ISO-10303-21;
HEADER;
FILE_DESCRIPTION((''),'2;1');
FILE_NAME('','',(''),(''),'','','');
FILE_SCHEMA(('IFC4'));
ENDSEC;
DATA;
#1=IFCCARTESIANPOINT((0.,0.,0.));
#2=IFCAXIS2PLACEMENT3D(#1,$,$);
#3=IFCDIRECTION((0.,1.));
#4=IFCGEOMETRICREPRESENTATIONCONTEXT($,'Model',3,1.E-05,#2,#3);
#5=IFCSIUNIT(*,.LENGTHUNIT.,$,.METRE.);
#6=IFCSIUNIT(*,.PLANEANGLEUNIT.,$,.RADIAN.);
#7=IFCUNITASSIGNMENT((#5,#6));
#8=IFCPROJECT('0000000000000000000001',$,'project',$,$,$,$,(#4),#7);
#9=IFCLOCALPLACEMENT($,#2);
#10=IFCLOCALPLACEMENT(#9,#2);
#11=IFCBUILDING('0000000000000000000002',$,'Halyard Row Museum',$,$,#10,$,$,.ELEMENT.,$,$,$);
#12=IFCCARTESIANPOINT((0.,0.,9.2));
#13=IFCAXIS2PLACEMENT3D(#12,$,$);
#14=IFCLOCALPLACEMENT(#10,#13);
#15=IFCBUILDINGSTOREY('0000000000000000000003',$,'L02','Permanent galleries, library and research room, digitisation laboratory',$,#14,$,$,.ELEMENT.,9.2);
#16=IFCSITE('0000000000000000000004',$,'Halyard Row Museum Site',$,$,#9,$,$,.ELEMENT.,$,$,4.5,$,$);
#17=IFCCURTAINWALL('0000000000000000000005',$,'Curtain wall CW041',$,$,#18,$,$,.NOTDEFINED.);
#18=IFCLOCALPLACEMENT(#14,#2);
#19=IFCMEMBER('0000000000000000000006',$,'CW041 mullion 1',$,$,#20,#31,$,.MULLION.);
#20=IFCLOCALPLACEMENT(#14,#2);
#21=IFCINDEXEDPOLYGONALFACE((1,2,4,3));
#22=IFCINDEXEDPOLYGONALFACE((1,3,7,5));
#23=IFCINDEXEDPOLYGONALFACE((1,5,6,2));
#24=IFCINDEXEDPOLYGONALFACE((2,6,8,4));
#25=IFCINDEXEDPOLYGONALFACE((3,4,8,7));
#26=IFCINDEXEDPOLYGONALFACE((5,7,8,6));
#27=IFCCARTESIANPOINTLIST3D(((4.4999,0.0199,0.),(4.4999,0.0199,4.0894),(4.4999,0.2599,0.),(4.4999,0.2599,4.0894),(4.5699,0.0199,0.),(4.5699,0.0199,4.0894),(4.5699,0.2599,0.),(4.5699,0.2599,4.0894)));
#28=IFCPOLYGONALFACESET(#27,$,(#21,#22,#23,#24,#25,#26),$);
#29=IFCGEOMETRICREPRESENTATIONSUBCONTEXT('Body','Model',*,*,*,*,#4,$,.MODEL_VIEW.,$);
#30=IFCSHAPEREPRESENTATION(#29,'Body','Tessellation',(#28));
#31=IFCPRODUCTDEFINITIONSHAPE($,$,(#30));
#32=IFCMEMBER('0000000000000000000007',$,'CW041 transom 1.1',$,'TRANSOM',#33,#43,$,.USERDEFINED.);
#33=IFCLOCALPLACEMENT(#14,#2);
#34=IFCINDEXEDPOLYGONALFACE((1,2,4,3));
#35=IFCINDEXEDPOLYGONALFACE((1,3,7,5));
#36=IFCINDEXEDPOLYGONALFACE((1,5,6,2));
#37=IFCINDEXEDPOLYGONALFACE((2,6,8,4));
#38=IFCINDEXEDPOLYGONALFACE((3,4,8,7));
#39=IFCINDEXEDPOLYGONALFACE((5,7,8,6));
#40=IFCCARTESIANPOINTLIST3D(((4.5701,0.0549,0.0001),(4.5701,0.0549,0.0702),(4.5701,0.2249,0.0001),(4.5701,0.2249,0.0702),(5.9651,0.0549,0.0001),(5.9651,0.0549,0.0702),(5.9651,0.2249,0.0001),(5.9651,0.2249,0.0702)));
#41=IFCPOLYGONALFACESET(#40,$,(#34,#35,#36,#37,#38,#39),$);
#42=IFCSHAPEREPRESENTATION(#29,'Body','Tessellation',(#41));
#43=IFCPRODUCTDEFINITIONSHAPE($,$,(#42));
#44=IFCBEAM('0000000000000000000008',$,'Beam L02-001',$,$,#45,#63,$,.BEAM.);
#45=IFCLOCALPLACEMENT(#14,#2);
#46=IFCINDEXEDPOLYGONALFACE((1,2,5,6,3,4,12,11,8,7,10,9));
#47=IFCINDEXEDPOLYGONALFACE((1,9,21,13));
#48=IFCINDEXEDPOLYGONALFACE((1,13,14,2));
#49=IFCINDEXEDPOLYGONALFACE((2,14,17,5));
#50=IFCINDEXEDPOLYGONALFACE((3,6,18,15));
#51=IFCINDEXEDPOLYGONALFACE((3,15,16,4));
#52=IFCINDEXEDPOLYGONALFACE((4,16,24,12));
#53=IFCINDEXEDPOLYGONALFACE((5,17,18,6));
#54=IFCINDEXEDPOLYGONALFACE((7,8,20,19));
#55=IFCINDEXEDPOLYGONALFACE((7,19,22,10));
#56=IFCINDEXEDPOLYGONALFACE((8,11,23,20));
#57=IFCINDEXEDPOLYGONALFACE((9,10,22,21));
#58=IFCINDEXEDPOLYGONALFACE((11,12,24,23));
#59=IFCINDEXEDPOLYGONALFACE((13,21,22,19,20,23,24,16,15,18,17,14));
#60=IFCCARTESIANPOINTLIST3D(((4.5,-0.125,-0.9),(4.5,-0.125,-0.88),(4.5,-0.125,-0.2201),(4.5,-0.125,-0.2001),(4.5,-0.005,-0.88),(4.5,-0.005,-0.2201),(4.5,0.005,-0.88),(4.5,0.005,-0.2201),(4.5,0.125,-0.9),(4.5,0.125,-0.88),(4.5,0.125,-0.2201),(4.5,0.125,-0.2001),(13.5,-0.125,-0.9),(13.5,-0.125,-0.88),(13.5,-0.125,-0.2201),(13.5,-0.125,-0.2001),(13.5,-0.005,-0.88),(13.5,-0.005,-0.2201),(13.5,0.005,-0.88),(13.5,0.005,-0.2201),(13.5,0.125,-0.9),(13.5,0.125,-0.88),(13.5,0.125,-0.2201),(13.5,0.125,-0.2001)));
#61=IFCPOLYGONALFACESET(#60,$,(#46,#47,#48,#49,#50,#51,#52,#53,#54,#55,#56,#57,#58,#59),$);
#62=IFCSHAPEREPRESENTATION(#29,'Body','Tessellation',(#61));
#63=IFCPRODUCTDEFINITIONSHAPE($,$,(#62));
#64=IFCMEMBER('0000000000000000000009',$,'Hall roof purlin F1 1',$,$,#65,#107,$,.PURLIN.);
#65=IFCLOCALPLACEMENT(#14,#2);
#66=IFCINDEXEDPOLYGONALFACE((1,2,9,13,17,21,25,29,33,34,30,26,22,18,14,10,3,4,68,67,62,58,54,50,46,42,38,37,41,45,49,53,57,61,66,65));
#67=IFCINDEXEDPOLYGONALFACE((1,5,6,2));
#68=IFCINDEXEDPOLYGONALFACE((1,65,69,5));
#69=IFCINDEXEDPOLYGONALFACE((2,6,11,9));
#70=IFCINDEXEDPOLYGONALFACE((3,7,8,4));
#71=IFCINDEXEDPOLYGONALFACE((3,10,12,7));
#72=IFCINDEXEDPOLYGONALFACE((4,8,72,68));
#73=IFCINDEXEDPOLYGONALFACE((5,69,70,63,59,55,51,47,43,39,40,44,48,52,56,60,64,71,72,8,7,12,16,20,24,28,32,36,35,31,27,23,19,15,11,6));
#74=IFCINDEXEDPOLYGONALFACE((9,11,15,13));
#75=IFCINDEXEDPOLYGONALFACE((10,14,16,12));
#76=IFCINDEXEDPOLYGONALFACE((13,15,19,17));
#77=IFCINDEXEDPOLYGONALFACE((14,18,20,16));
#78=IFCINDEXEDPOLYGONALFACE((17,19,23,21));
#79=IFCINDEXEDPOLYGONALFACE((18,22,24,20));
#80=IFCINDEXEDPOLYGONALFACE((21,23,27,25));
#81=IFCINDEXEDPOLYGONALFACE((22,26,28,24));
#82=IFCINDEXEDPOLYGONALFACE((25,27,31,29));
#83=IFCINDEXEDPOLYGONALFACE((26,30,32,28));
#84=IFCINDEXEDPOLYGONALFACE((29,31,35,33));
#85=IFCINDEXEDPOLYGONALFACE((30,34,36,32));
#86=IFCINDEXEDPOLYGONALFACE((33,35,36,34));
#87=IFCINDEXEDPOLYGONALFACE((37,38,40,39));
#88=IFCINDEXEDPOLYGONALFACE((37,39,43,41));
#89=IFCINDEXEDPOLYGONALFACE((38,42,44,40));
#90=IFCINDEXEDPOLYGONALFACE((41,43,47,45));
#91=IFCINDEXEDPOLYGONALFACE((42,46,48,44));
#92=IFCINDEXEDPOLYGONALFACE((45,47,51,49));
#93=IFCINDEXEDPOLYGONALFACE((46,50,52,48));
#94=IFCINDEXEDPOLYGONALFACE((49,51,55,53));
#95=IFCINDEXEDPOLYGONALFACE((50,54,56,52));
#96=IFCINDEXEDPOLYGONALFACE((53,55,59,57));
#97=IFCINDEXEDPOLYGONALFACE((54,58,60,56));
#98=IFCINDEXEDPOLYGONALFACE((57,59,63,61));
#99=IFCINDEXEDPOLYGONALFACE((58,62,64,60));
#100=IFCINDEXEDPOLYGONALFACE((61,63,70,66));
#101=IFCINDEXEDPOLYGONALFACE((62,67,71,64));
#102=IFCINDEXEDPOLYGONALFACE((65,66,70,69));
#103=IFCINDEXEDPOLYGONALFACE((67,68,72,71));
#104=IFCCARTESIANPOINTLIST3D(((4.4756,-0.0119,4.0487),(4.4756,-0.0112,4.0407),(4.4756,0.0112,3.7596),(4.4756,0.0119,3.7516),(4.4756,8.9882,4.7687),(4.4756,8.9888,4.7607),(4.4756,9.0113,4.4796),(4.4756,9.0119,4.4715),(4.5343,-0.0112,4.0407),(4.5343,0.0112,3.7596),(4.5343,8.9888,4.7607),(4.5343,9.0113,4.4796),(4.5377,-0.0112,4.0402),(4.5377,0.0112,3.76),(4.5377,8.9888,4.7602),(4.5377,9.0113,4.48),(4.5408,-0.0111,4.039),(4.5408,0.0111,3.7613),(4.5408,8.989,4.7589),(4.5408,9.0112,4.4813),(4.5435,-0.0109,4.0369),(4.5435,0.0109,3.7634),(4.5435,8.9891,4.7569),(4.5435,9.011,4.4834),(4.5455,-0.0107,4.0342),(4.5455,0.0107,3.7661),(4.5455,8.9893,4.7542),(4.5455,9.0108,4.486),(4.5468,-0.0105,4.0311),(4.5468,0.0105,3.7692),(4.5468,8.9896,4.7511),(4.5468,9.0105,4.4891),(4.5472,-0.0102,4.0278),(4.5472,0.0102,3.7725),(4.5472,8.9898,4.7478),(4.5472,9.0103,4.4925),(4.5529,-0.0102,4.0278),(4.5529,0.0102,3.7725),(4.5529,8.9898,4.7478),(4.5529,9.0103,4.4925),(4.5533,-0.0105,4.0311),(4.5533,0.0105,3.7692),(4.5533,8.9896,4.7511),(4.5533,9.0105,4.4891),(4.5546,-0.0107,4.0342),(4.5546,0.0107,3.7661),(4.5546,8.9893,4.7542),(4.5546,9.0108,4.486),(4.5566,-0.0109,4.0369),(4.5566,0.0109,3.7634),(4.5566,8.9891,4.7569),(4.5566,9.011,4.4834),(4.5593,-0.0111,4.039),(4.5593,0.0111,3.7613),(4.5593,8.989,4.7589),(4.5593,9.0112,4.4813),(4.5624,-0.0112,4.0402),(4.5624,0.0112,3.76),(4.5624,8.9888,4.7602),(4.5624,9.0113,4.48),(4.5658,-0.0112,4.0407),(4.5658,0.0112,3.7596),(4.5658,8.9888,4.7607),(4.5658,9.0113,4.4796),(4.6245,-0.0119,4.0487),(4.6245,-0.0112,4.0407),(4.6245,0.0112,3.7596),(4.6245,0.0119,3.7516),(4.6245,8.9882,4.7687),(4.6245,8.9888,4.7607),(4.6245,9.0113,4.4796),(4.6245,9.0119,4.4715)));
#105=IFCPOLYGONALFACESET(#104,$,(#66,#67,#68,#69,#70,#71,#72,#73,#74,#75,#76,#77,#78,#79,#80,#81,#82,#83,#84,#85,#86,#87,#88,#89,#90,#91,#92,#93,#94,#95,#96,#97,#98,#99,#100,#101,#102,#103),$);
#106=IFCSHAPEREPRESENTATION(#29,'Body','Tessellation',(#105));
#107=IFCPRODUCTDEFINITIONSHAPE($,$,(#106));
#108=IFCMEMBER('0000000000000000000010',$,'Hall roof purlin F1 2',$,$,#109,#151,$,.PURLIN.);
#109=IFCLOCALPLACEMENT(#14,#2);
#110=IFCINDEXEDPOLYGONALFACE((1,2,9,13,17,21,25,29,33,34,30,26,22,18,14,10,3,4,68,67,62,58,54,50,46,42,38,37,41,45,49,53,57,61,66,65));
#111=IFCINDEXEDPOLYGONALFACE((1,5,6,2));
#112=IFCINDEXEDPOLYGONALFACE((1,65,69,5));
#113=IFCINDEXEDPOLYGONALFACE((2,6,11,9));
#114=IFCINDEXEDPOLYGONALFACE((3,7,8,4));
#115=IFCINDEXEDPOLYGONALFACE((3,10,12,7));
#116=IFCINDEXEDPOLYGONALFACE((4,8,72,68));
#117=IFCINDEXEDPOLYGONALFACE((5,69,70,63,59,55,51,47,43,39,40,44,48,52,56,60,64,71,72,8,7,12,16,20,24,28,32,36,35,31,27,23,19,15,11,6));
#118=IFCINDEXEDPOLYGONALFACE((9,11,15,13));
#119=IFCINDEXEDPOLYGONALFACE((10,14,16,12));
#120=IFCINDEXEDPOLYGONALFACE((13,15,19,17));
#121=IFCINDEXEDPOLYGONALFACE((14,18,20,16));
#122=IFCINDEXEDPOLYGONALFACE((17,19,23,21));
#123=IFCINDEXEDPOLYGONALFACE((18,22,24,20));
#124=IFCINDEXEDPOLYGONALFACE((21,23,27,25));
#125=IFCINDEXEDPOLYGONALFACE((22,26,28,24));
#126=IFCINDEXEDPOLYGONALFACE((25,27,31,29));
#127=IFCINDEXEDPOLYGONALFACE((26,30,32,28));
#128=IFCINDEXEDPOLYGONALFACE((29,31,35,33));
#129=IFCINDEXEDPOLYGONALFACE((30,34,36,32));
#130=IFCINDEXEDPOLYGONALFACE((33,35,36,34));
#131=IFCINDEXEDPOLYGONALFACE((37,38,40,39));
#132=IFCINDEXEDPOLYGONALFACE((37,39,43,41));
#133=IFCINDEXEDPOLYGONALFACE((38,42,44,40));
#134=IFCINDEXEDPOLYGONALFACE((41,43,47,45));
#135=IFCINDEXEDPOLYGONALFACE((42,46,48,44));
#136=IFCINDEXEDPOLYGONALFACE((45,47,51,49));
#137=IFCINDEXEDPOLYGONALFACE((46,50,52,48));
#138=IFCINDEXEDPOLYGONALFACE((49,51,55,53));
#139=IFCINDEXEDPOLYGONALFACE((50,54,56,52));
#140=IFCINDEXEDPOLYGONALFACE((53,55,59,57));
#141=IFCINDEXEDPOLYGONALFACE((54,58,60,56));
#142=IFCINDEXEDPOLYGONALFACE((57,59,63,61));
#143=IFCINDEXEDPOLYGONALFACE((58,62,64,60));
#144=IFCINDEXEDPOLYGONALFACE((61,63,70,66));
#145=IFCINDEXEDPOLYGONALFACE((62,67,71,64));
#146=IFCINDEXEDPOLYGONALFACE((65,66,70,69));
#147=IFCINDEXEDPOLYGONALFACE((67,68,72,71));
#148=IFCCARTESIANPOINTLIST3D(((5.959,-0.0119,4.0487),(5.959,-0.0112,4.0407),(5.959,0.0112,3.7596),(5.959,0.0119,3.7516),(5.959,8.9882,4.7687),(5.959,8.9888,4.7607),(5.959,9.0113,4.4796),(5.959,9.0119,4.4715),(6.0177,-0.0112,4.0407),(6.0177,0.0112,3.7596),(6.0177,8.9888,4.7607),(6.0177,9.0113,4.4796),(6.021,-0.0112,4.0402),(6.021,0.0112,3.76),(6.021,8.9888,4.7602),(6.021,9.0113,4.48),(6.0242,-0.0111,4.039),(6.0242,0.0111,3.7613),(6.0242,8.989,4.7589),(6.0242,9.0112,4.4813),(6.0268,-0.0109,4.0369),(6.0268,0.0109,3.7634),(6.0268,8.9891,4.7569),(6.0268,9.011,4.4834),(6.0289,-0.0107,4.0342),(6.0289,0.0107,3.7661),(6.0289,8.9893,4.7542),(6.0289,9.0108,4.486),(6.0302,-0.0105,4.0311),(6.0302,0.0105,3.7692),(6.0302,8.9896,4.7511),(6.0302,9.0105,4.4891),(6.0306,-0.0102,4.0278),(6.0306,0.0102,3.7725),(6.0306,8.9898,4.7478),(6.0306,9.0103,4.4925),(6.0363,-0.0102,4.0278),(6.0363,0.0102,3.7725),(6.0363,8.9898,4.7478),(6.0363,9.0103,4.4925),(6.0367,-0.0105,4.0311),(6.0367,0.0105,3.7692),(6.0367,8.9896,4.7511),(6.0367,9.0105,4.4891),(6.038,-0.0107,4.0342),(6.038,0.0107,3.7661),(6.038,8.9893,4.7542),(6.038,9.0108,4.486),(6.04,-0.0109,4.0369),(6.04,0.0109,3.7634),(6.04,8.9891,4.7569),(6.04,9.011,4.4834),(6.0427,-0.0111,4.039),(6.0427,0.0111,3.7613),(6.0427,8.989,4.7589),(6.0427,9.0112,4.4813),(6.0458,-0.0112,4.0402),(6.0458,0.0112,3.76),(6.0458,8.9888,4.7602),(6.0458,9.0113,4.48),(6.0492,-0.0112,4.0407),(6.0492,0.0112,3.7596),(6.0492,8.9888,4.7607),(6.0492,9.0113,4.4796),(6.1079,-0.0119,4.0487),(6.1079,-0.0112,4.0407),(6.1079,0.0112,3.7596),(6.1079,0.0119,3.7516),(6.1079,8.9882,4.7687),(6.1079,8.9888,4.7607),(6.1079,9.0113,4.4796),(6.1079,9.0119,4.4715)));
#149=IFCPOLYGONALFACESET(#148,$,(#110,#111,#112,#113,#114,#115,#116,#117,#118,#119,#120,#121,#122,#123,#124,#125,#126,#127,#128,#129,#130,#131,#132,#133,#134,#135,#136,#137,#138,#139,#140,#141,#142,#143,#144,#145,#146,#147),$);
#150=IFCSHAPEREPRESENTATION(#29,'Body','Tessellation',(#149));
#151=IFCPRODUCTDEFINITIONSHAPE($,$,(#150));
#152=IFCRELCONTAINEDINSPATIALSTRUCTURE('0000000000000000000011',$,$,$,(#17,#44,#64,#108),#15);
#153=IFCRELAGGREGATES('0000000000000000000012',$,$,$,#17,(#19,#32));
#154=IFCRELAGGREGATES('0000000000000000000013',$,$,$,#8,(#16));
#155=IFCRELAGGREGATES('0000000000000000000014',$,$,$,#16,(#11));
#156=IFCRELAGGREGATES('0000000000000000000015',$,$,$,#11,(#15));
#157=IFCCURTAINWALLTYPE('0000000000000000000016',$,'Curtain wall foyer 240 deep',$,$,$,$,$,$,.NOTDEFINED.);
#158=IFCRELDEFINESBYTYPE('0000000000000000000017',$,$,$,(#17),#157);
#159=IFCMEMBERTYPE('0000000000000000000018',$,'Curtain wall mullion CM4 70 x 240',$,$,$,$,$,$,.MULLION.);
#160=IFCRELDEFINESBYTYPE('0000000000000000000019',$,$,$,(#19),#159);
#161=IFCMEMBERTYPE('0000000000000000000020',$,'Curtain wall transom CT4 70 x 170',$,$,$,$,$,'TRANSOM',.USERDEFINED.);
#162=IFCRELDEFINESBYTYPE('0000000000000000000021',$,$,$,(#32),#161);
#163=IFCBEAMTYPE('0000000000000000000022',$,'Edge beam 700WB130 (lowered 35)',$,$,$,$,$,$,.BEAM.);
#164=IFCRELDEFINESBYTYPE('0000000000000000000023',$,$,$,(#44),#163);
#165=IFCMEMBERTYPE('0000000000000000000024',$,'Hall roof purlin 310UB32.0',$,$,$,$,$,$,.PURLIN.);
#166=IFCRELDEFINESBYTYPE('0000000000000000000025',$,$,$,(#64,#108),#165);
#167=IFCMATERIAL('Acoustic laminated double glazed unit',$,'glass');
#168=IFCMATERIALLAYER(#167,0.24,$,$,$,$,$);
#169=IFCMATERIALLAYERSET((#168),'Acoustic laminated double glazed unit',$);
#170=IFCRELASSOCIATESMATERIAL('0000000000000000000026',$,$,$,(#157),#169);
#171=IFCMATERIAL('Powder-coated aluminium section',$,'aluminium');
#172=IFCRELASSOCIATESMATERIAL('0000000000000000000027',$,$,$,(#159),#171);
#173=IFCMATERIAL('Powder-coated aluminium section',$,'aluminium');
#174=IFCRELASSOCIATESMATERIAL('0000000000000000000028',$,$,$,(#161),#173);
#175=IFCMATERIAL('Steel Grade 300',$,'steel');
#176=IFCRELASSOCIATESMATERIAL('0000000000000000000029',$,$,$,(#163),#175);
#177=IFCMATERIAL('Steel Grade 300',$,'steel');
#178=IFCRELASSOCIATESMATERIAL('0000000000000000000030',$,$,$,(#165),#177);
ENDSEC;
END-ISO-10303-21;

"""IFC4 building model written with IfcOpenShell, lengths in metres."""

from ifc_helpers import new_model, si_unit, direction, frame, origin, origin_2d, place, context, subcontext, project, spatial, rectangle, i_section, extrude, material, layer, layer_set, material_profile, profile_set, type_object, element, aggregate, save


model = new_model("IFC4")

# Units and contexts
model_context = context("Model", 3, precision=1e-05, world=origin(), true_north=direction((0.0, 1.0)))
body_context = subcontext(model_context, "Body", "Model", "MODEL_VIEW")
ifc_project = project(units=[si_unit("LENGTHUNIT", "METRE"), si_unit("PLANEANGLEUNIT", "RADIAN")], contexts=[model_context])

# Site, building, storey
site_placement = place(None, origin())
site = spatial("IfcSite", under=ifc_project, at=site_placement, Name="Halyard Row Museum Site", CompositionType="ELEMENT", RefElevation=4.5)
building_placement = place(site_placement, origin())
building = spatial("IfcBuilding", under=site, at=building_placement, Name="Halyard Row Museum", CompositionType="ELEMENT")
storey_placement = place(building_placement, frame((0.0, 0.0, 9.2)))
storey = spatial("IfcBuildingStorey", under=building, at=storey_placement, Name="L02", Description="Permanent galleries, library and research room, digitisation laboratory", CompositionType="ELEMENT", Elevation=9.2)

# Curtain wall, members
ifc_material_1 = material(Name="Acoustic laminated double glazed unit", Category="glass")
ifc_layer_1 = layer(ifc_material_1, 0.24)
ifc_layer_set_1 = layer_set([ifc_layer_1], Name="Acoustic laminated double glazed unit")
curtain_wall_type = type_object("IfcCurtainWallType", Name="Curtain wall foyer 240 deep", PredefinedType="NOTDEFINED", material=ifc_layer_set_1)
curtain_wall_placement = place(storey_placement, origin())
curtain_wall = element("IfcCurtainWall", 1, at=curtain_wall_placement, inside=storey, type_object=curtain_wall_type, Name="Curtain wall CW041", PredefinedType="NOTDEFINED")
ifc_material_2 = material(Name="Powder-coated aluminium section", Category="aluminium")
ifc_material_profile_1 = material_profile(ifc_material_2, rectangle(XDim=0.24, YDim=0.0701, at=origin_2d()), Name="240x70 mullion")
ifc_profile_set_1 = profile_set([ifc_material_profile_1], Name="Powder-coated aluminium section")
member_type_1 = type_object("IfcMemberType", Name="Curtain wall mullion CM4 70 x 240", PredefinedType="MULLION", material=ifc_profile_set_1)
member_1_placement = place(storey_placement, frame((4.5349, 0.1399, 0.0), z_axis=(0.0, 0.0, 1.0), x_axis=(0.0, 1.0, 0.0)))
member_1 = element("IfcMember", 2, at=member_1_placement, type_object=member_type_1, Name="CW041 mullion 1", PredefinedType="MULLION", context=body_context, shape_type="SweptSolid", body=[
    extrude(rectangle(XDim=0.24, YDim=0.0701, at=origin_2d()), origin(), (0.0, 0.0, 1.0), 4.0894),
])
ifc_material_3 = material(Name="Powder-coated aluminium section", Category="aluminium")
ifc_material_profile_2 = material_profile(ifc_material_3, rectangle(XDim=0.1699, YDim=0.0701, at=origin_2d()), Name="170x70 transom")
ifc_profile_set_2 = profile_set([ifc_material_profile_2], Name="Powder-coated aluminium section")
member_type_2 = type_object("IfcMemberType", Name="Curtain wall transom CT4 70 x 170", ElementType="TRANSOM", PredefinedType="USERDEFINED", material=ifc_profile_set_2)
member_2_placement = place(storey_placement, frame((4.5701, 0.1399, 0.0352), z_axis=(1.0, 0.0, 0.0), x_axis=(0.0, 1.0, 0.0)))
member_2 = element("IfcMember", 3, at=member_2_placement, type_object=member_type_2, Name="CW041 transom 1.1", ObjectType="TRANSOM", PredefinedType="USERDEFINED", context=body_context, shape_type="SweptSolid", body=[
    extrude(rectangle(XDim=0.1699, YDim=0.0701, at=origin_2d()), origin(), (0.0, 0.0, 1.0), 1.395),
])
aggregate(curtain_wall, [member_1, member_2])

# Beam
ifc_material_4 = material(Name="Steel Grade 300", Category="steel")
ifc_material_profile_3 = material_profile(ifc_material_4, i_section(OverallWidth=0.25, OverallDepth=0.7, WebThickness=0.01, FlangeThickness=0.02, at=origin_2d()), Name="700WB130")
ifc_profile_set_3 = profile_set([ifc_material_profile_3], Name="Steel Grade 300")
beam_type_1 = type_object("IfcBeamType", Name="Edge beam 700WB130 (lowered 35)", PredefinedType="BEAM", material=ifc_profile_set_3)
beam_1_placement = place(storey_placement, frame((4.5, 0.0, -0.55), z_axis=(1.0, 0.0, 0.0), x_axis=(0.0, 1.0, 0.0)))
element("IfcBeam", 4, at=beam_1_placement, inside=storey, type_object=beam_type_1, Name="Beam L02-001", PredefinedType="BEAM", context=body_context, shape_type="SweptSolid", body=[
    extrude(i_section(OverallWidth=0.25, OverallDepth=0.7, WebThickness=0.01, FlangeThickness=0.02, at=origin_2d()), origin(), (0.0, 0.0, 1.0), 9.0),
])

# Members
ifc_material_5 = material(Name="Steel Grade 300", Category="steel")
ifc_material_profile_4 = material_profile(ifc_material_5, i_section(OverallWidth=0.1489, OverallDepth=0.2981, WebThickness=0.0056, FlangeThickness=0.0081, FilletRadius=0.0129, at=origin_2d()), Name="310UB32.0")
ifc_profile_set_4 = profile_set([ifc_material_profile_4], Name="Steel Grade 300")
member_type_3 = type_object("IfcMemberType", Name="Hall roof purlin 310UB32.0", PredefinedType="PURLIN", material=ifc_profile_set_4)
for number, where, z_axis, x_axis, name in (
    (5, (4.55, 0.0, 3.9001), (0.0, 0.996816, 0.079742), (-1.0, 0.0, 0.0), "Hall roof purlin F1 1"),
    (6, (6.0334, 0.0, 3.9001), (0.0, 0.996816, 0.079742), (-1.0, 0.0, 0.0), "Hall roof purlin F1 2"),
):
    element("IfcMember", number, at=place(storey_placement, frame(where, z_axis=z_axis, x_axis=x_axis)), inside=storey, type_object=member_type_3, Name=name, PredefinedType="PURLIN", context=body_context, shape_type="SweptSolid", body=[
        extrude(i_section(OverallWidth=0.1489, OverallDepth=0.2981, WebThickness=0.0056, FlangeThickness=0.0081, FilletRadius=0.0129, at=origin_2d()), origin(), (0.0, 0.0, 1.0), 9.0288),
    ])

save(model, "model.ifc")
